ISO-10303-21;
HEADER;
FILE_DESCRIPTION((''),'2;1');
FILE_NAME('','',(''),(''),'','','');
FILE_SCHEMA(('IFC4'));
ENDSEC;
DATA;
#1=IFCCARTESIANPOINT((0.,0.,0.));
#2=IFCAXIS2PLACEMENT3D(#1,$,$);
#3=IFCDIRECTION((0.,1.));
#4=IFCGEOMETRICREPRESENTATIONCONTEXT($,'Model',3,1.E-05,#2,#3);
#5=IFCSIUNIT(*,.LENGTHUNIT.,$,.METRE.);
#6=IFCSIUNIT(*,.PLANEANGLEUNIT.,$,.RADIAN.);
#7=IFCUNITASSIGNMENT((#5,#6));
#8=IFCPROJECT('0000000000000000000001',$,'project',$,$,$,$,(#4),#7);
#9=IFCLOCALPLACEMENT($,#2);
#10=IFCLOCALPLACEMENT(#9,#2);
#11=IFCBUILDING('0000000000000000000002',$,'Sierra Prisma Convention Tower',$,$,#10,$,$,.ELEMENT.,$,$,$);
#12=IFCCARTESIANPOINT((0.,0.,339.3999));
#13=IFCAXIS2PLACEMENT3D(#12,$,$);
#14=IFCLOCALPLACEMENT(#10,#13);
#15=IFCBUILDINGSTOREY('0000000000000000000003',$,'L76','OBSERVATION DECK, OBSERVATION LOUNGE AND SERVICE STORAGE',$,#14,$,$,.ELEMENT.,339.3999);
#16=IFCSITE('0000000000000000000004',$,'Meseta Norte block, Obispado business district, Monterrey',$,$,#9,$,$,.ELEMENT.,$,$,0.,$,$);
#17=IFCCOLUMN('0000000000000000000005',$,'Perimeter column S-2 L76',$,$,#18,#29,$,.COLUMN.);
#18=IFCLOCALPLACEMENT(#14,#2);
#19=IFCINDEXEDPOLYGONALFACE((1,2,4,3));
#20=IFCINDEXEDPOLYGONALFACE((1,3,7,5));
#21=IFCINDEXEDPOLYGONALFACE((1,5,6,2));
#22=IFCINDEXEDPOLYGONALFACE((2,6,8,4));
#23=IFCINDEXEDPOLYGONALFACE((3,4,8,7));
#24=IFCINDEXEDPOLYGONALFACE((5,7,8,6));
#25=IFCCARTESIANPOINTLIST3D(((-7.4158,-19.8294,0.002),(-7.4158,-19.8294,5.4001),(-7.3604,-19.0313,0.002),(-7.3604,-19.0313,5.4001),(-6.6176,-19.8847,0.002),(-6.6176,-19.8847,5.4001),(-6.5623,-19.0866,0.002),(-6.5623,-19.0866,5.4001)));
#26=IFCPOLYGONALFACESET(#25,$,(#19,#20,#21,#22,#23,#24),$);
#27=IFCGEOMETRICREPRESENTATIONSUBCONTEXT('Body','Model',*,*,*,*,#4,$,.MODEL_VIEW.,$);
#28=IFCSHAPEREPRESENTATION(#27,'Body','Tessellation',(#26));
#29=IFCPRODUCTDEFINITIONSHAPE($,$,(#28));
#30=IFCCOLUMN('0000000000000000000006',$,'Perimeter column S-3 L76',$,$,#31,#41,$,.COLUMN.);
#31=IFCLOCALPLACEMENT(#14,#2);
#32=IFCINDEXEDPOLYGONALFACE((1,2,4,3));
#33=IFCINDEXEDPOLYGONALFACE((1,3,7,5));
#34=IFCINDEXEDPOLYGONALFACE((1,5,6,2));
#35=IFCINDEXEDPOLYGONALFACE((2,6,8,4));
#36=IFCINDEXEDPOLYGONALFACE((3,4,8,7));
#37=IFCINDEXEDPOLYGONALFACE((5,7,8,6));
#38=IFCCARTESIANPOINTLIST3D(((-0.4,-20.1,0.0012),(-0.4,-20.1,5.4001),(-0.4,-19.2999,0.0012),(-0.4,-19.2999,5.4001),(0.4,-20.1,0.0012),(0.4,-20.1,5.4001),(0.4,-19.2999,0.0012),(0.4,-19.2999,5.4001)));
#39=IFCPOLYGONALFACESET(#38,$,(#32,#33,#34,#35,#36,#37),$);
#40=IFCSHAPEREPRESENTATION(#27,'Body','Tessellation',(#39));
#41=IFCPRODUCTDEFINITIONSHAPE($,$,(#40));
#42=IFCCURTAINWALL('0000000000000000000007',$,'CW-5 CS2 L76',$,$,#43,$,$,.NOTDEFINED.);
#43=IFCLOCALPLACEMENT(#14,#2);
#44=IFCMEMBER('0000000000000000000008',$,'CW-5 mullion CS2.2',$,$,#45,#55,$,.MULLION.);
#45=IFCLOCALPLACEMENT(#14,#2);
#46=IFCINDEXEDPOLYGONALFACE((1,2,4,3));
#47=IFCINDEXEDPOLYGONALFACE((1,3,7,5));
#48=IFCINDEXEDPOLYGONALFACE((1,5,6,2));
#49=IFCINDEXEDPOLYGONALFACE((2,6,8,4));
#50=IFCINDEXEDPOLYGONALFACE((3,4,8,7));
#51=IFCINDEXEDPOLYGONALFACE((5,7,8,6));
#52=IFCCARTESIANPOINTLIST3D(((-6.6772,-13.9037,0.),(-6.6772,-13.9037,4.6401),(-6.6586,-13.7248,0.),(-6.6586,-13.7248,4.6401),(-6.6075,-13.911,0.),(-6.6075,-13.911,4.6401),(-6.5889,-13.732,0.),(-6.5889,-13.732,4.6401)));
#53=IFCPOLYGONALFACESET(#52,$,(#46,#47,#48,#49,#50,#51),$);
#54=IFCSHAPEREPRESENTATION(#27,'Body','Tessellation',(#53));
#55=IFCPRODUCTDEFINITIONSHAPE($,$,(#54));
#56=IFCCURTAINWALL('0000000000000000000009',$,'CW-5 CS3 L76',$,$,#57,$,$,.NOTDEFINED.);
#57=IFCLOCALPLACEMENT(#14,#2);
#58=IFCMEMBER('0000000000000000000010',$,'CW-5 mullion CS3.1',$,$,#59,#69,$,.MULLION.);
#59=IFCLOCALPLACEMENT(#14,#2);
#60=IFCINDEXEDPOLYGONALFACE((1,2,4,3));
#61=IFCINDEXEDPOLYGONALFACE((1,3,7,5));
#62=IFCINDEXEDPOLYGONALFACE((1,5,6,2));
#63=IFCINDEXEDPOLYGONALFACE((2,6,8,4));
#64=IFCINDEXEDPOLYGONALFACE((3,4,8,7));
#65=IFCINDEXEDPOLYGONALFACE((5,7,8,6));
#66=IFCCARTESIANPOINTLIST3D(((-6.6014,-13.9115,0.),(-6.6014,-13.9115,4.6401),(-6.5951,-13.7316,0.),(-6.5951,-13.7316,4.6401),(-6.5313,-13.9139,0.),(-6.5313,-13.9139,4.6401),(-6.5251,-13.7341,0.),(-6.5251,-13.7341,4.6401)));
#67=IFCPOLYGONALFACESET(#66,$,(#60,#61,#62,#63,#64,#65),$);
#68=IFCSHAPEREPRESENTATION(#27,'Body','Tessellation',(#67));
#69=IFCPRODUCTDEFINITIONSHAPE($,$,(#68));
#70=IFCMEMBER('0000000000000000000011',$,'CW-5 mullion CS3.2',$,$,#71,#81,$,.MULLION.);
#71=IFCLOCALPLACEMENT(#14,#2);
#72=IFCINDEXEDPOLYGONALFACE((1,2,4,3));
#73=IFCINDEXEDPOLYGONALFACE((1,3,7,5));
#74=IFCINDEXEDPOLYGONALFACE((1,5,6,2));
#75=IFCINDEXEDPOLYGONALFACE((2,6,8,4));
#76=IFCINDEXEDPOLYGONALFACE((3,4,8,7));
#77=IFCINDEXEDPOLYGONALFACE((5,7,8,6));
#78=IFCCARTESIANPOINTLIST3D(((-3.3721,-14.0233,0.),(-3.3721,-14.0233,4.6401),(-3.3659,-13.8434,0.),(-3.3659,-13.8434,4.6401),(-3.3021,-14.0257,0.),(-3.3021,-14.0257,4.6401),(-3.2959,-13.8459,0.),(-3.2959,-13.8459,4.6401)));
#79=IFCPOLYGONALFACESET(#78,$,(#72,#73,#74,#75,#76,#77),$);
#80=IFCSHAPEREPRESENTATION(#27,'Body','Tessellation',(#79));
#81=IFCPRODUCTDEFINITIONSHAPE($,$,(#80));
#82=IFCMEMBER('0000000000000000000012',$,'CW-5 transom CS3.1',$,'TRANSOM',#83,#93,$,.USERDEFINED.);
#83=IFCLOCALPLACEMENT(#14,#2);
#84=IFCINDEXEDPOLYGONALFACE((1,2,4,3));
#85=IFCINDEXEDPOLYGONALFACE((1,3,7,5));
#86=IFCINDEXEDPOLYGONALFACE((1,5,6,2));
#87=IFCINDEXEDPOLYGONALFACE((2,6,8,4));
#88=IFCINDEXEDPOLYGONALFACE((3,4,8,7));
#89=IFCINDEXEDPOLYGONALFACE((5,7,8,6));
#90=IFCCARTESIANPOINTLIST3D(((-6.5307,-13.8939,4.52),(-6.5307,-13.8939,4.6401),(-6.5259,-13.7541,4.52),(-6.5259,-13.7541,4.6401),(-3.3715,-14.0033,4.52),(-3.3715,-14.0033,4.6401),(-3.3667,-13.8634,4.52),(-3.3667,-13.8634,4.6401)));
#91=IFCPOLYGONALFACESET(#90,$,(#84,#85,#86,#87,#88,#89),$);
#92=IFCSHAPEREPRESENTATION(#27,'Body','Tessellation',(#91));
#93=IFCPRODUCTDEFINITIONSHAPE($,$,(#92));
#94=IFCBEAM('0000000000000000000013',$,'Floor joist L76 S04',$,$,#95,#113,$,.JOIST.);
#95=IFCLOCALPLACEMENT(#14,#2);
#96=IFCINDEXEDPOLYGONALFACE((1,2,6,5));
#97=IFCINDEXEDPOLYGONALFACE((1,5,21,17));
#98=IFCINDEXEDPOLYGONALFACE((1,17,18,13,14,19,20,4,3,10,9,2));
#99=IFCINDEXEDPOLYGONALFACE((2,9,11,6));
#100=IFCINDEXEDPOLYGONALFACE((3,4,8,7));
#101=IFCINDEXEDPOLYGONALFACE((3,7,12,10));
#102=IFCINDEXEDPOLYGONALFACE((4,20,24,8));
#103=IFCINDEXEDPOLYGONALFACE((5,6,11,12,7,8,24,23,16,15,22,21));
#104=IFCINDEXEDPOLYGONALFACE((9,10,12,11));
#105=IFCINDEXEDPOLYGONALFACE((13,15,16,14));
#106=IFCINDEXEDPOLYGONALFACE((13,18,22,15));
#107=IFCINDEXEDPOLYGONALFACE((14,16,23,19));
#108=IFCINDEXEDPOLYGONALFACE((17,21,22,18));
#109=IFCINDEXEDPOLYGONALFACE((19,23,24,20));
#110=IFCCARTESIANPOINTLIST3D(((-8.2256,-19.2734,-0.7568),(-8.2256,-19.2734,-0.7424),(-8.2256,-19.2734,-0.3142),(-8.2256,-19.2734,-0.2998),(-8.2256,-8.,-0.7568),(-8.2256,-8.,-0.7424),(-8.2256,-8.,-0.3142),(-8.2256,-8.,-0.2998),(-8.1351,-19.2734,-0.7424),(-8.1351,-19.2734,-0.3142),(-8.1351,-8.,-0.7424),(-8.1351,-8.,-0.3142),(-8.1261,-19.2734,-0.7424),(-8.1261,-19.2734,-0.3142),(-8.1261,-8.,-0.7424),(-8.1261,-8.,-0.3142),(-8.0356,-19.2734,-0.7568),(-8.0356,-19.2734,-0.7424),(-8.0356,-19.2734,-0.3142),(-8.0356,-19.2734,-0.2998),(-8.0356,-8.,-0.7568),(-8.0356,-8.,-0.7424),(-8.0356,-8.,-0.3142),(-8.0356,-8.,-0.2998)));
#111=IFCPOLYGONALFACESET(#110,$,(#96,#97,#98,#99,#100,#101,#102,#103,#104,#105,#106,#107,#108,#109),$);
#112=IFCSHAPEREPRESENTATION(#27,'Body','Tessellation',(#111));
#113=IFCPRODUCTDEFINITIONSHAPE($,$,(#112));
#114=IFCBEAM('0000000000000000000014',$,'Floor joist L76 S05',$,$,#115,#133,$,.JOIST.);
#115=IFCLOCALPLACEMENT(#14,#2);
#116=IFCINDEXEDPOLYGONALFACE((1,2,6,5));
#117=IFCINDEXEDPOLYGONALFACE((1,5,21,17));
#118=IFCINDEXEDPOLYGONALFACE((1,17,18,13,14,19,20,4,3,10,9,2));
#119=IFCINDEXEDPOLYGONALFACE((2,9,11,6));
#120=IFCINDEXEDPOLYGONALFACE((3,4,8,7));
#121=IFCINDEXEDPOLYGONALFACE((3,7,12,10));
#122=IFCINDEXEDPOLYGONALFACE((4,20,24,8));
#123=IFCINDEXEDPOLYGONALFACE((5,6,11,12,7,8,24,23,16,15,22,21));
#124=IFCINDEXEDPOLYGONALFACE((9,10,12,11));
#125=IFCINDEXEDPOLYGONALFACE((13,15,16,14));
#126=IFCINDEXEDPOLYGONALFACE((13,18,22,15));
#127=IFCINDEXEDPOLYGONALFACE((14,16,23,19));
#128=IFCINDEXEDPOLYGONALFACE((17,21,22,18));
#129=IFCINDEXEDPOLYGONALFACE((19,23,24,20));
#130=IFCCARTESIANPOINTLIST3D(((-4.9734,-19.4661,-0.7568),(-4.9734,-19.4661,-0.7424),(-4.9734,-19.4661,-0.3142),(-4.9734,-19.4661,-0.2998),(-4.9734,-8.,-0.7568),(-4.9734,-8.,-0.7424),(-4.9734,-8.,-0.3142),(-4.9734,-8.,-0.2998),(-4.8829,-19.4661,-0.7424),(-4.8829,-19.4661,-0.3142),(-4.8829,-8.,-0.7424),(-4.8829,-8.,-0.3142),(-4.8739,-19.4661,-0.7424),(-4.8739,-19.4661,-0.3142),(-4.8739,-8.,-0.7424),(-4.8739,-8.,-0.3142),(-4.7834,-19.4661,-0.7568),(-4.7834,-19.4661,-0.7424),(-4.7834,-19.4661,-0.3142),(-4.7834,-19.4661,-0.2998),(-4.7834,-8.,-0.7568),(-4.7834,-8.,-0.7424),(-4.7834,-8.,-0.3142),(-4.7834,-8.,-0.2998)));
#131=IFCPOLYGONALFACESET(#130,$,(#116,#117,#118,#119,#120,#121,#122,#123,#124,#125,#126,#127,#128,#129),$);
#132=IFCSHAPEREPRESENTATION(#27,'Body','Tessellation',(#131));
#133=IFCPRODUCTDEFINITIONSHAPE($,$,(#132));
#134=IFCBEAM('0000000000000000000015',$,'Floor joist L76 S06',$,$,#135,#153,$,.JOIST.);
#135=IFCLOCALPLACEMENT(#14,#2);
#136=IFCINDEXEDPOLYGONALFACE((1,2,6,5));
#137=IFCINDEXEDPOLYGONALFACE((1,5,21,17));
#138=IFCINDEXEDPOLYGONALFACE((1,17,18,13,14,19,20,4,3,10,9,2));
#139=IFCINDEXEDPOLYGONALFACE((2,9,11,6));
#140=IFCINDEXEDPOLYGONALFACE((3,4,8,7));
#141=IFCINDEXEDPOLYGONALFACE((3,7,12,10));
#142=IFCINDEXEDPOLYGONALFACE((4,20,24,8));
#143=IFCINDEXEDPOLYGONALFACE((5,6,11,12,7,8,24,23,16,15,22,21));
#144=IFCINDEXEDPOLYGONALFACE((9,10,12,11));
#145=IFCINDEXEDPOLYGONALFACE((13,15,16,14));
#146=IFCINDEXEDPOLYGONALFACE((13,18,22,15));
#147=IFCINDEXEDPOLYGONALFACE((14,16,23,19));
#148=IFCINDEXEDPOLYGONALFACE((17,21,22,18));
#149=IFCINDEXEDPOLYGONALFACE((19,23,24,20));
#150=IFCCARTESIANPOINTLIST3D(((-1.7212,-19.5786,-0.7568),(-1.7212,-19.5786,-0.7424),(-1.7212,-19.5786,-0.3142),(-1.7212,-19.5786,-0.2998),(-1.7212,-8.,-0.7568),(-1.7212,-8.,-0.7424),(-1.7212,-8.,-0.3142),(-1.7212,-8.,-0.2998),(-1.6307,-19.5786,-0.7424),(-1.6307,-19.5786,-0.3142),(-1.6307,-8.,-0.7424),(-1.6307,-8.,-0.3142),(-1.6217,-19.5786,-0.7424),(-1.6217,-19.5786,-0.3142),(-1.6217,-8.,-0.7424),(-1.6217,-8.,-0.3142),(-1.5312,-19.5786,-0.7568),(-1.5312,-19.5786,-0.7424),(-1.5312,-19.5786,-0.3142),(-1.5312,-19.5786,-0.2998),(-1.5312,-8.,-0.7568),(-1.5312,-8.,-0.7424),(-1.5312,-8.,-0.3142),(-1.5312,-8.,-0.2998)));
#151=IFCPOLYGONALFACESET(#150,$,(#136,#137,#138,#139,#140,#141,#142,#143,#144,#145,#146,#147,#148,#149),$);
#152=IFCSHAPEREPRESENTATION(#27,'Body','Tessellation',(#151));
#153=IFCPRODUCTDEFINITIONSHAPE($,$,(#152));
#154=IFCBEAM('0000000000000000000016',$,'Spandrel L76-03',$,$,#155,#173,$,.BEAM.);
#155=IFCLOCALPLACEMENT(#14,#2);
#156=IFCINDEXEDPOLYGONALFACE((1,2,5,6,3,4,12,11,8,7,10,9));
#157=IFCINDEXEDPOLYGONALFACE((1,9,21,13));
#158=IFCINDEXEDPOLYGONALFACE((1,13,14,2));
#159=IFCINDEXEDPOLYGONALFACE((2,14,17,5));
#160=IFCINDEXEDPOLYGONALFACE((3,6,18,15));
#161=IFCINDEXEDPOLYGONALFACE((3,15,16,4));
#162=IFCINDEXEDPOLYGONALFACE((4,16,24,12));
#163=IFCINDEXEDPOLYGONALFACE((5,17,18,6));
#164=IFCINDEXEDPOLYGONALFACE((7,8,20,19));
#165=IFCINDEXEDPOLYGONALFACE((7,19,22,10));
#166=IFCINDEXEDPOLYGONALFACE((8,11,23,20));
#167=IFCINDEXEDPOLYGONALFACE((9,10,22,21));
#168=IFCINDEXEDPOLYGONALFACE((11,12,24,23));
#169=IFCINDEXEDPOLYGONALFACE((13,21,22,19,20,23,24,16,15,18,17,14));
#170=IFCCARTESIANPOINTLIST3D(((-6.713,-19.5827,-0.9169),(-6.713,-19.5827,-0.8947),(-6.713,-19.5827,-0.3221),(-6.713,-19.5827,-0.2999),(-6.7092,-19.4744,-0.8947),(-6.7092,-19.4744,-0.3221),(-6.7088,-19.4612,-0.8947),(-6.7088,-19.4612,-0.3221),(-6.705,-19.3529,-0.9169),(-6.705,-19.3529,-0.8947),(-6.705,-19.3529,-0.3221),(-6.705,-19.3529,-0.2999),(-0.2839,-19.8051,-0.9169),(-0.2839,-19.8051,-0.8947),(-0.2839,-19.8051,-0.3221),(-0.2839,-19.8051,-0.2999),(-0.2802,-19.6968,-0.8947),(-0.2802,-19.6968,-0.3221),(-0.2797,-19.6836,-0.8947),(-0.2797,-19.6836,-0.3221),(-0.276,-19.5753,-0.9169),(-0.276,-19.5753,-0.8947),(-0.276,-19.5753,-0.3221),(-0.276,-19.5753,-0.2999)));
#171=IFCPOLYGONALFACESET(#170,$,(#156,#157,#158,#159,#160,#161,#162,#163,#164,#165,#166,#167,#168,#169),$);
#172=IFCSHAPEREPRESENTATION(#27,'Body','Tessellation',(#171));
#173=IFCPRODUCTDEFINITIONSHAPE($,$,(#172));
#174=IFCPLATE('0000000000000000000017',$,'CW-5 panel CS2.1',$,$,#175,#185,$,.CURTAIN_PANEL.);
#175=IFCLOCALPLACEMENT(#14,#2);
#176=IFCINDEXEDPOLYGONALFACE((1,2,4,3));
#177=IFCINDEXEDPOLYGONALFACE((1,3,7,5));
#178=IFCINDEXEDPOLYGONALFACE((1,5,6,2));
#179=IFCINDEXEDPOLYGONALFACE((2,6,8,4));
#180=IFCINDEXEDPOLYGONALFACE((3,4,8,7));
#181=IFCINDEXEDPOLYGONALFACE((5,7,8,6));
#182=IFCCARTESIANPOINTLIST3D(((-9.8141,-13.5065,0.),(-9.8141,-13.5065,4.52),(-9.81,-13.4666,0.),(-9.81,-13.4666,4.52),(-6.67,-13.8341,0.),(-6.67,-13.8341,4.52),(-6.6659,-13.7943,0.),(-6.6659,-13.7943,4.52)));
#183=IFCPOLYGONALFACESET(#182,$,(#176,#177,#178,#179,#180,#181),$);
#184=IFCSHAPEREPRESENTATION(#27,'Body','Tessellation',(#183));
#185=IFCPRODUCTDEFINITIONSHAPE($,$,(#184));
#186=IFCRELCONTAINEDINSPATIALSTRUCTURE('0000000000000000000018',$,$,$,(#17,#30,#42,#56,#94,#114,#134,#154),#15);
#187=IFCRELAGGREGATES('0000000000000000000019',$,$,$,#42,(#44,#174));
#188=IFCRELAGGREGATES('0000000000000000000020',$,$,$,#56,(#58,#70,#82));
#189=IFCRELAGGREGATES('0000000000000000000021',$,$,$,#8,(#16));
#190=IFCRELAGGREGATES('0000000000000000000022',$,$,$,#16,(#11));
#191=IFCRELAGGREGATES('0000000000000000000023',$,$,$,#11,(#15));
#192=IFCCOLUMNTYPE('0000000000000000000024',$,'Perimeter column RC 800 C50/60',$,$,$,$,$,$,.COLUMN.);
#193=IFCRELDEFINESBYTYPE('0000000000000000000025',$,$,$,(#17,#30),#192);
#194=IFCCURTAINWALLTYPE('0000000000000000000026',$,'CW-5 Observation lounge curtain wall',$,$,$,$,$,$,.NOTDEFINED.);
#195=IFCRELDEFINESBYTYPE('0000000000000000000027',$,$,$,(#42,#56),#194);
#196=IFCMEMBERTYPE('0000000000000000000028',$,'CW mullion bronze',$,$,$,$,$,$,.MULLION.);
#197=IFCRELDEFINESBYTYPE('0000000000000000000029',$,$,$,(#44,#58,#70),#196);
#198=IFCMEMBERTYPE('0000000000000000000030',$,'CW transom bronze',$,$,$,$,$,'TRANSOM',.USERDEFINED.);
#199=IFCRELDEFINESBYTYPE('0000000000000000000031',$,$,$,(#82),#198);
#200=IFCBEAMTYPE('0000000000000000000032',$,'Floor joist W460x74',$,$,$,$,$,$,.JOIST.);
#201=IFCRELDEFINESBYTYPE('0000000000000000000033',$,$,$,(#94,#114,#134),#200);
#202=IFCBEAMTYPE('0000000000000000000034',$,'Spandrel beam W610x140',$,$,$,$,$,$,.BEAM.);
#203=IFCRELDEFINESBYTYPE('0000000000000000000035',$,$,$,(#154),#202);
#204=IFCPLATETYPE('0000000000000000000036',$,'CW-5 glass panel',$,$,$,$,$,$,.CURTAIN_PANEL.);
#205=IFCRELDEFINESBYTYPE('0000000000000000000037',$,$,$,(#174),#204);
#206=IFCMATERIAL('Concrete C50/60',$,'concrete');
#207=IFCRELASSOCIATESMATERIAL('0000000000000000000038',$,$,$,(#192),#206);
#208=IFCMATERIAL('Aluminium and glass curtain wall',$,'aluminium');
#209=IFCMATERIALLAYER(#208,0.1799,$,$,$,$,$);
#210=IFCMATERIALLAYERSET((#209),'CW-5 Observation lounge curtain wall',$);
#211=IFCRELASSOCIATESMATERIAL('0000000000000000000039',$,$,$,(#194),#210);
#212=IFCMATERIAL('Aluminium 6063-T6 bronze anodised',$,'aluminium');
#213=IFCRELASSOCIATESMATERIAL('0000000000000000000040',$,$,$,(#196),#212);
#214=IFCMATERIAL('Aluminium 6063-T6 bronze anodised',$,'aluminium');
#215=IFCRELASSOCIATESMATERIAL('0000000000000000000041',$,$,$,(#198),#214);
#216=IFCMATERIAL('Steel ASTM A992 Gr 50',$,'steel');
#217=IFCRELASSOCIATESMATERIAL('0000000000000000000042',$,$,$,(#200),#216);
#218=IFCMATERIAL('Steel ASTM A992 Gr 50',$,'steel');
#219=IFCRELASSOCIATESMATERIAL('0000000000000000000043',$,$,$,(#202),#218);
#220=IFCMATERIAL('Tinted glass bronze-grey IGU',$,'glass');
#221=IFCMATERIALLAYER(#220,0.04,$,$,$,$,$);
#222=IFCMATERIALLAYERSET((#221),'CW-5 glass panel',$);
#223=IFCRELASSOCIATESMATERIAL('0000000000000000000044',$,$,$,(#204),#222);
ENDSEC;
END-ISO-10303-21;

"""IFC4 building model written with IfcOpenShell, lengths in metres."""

from ifc_helpers import new_model, si_unit, direction, frame, origin, origin_2d, place, context, subcontext, project, spatial, rectangle, i_section, extrude, clip, halfspace, material, layer, layer_set, material_profile, profile_set, type_object, element, aggregate, save


model = new_model("IFC4")

# Units and contexts
model_context = context("Model", 3, precision=1e-05, world=origin(), true_north=direction((0.0, 1.0)))
body_context = subcontext(model_context, "Body", "Model", "MODEL_VIEW")
ifc_project = project(units=[si_unit("LENGTHUNIT", "METRE"), si_unit("PLANEANGLEUNIT", "RADIAN")], contexts=[model_context])

# Site, building, storey
site_placement = place(None, origin())
site = spatial("IfcSite", under=ifc_project, at=site_placement, Name="Meseta Norte block, Obispado business district, Monterrey", CompositionType="ELEMENT", RefElevation=0.0)
building_placement = place(site_placement, origin())
building = spatial("IfcBuilding", under=site, at=building_placement, Name="Sierra Prisma Convention Tower", CompositionType="ELEMENT")
storey_placement = place(building_placement, frame((0.0, 0.0, 339.3999)))
storey = spatial("IfcBuildingStorey", under=building, at=storey_placement, Name="L76", Description="OBSERVATION DECK, OBSERVATION LOUNGE AND SERVICE STORAGE", CompositionType="ELEMENT", Elevation=339.3999)

# Columns
ifc_material_1 = material(Name="Concrete C50/60", Category="concrete")
ifc_material_profile_1 = material_profile(ifc_material_1, rectangle(XDim=0.8, YDim=0.8, at=origin_2d()), Name="Perimeter column RC 800 C50/60")
ifc_profile_set_1 = profile_set([ifc_material_profile_1], Name="Concrete C50/60")
column_type = type_object("IfcColumnType", Name="Perimeter column RC 800 C50/60", PredefinedType="COLUMN", material=ifc_profile_set_1)
column_1_placement = place(storey_placement, frame((-6.989, -19.458, 0.0), z_axis=(0.0, 0.0, 1.0), x_axis=(-0.997605, 0.069175, 0.0)))
element("IfcColumn", 1, at=column_1_placement, inside=storey, type_object=column_type, Name="Perimeter column S-2 L76", PredefinedType="COLUMN", context=body_context, shape_type="SweptSolid", body=[
    clip(extrude(rectangle(XDim=0.8, YDim=0.8, at=origin_2d()), origin(), (0.0, 0.0, 1.0), 5.4001), halfspace(frame((0.0, 0.0, 0.002)), True)),
])
column_2_placement = place(storey_placement, frame((0.0, -19.7, 0.0), z_axis=(0.0, 0.0, 1.0), x_axis=(1.0, 0.0, 0.0)))
element("IfcColumn", 2, at=column_2_placement, inside=storey, type_object=column_type, Name="Perimeter column S-3 L76", PredefinedType="COLUMN", context=body_context, shape_type="SweptSolid", body=[
    clip(extrude(rectangle(XDim=0.8, YDim=0.8, at=origin_2d()), origin(), (0.0, 0.0, 1.0), 5.4001), halfspace(frame((0.0, 0.0, 0.0012)), True)),
])

# Curtain wall, member
ifc_material_2 = material(Name="Aluminium and glass curtain wall", Category="aluminium")
ifc_layer_1 = layer(ifc_material_2, 0.1799)
ifc_layer_set_1 = layer_set([ifc_layer_1], Name="CW-5 Observation lounge curtain wall")
curtain_wall_type = type_object("IfcCurtainWallType", Name="CW-5 Observation lounge curtain wall", PredefinedType="NOTDEFINED", material=ifc_layer_set_1)
curtain_wall_1_placement = place(storey_placement, origin())
curtain_wall_1 = element("IfcCurtainWall", 3, at=curtain_wall_1_placement, inside=storey, type_object=curtain_wall_type, Name="CW-5 CS2 L76", PredefinedType="NOTDEFINED")
ifc_material_3 = material(Name="Aluminium 6063-T6 bronze anodised", Category="aluminium")
ifc_material_profile_2 = material_profile(ifc_material_3, rectangle(XDim=0.1799, YDim=0.0701, at=origin_2d()), Name="ALU MULLION 70x180")
ifc_profile_set_2 = profile_set([ifc_material_profile_2], Name="Aluminium 6063-T6 bronze anodised")
member_type_1 = type_object("IfcMemberType", Name="CW mullion bronze", PredefinedType="MULLION", material=ifc_profile_set_2)
member_1_placement = place(storey_placement, frame((-6.6331, -13.8179, 0.0), z_axis=(0.0, 0.0, 1.0), x_axis=(0.10366, 0.994613, 0.0)))
member_1 = element("IfcMember", 4, at=member_1_placement, type_object=member_type_1, Name="CW-5 mullion CS2.2", PredefinedType="MULLION", context=body_context, shape_type="SweptSolid", body=[
    extrude(rectangle(XDim=0.1799, YDim=0.0701, at=origin_2d()), origin(), (0.0, 0.0, 1.0), 4.6401),
])

# Curtain wall, members
curtain_wall_2_placement = place(storey_placement, origin())
curtain_wall_2 = element("IfcCurtainWall", 5, at=curtain_wall_2_placement, inside=storey, type_object=curtain_wall_type, Name="CW-5 CS3 L76", PredefinedType="NOTDEFINED")
member_2_placement = place(storey_placement, frame((-6.5632, -13.8228, 0.0), z_axis=(0.0, 0.0, 1.0), x_axis=(0.034609, 0.999401, 0.0)))
member_2 = element("IfcMember", 6, at=member_2_placement, type_object=member_type_1, Name="CW-5 mullion CS3.1", PredefinedType="MULLION", context=body_context, shape_type="SweptSolid", body=[
    extrude(rectangle(XDim=0.1799, YDim=0.0701, at=origin_2d()), origin(), (0.0, 0.0, 1.0), 4.6401),
])
member_3_placement = place(storey_placement, frame((-3.334, -13.9346, 0.0), z_axis=(0.0, 0.0, 1.0), x_axis=(0.034609, 0.999401, 0.0)))
member_3 = element("IfcMember", 7, at=member_3_placement, type_object=member_type_1, Name="CW-5 mullion CS3.2", PredefinedType="MULLION", context=body_context, shape_type="SweptSolid", body=[
    extrude(rectangle(XDim=0.1799, YDim=0.0701, at=origin_2d()), origin(), (0.0, 0.0, 1.0), 4.6401),
])
ifc_material_4 = material(Name="Aluminium 6063-T6 bronze anodised", Category="aluminium")
ifc_material_profile_3 = material_profile(ifc_material_4, rectangle(XDim=0.1399, YDim=0.1201, at=origin_2d()), Name="ALU TRANSOM 120x140")
ifc_profile_set_3 = profile_set([ifc_material_profile_3], Name="Aluminium 6063-T6 bronze anodised")
member_type_2 = type_object("IfcMemberType", Name="CW transom bronze", ElementType="TRANSOM", PredefinedType="USERDEFINED", material=ifc_profile_set_3)
member_4_placement = place(storey_placement, frame((-6.5283, -13.824, 4.5801), z_axis=(0.999401, -0.034601, 0.0), x_axis=(0.034601, 0.999401, 0.0)))
member_4 = element("IfcMember", 8, at=member_4_placement, type_object=member_type_2, Name="CW-5 transom CS3.1", ObjectType="TRANSOM", PredefinedType="USERDEFINED", context=body_context, shape_type="SweptSolid", body=[
    extrude(rectangle(XDim=0.1399, YDim=0.1201, at=origin_2d()), origin(), (0.0, 0.0, 1.0), 3.1611),
])

# Beams
ifc_material_5 = material(Name="Steel ASTM A992 Gr 50", Category="steel")
ifc_material_profile_4 = material_profile(ifc_material_5, i_section(OverallWidth=0.1899, OverallDepth=0.457, WebThickness=0.009, FlangeThickness=0.0144, at=origin_2d()), Name="W460x74")
ifc_profile_set_4 = profile_set([ifc_material_profile_4], Name="Steel ASTM A992 Gr 50")
beam_type_1 = type_object("IfcBeamType", Name="Floor joist W460x74", PredefinedType="JOIST", material=ifc_profile_set_4)
beam_1_placement = place(storey_placement, frame((-8.1306, -19.2734, -0.5283), z_axis=(0.0, 1.0, 0.0), x_axis=(-1.0, 0.0, 0.0)))
element("IfcBeam", 9, at=beam_1_placement, inside=storey, type_object=beam_type_1, Name="Floor joist L76 S04", PredefinedType="JOIST", context=body_context, shape_type="SweptSolid", body=[
    extrude(i_section(OverallWidth=0.1899, OverallDepth=0.457, WebThickness=0.009, FlangeThickness=0.0144, at=origin_2d()), origin(), (0.0, 0.0, 1.0), 11.2734),
])
beam_2_placement = place(storey_placement, frame((-4.8784, -19.4661, -0.5283), z_axis=(0.0, 1.0, 0.0), x_axis=(-1.0, 0.0, 0.0)))
element("IfcBeam", 10, at=beam_2_placement, inside=storey, type_object=beam_type_1, Name="Floor joist L76 S05", PredefinedType="JOIST", context=body_context, shape_type="SweptSolid", body=[
    extrude(i_section(OverallWidth=0.1899, OverallDepth=0.457, WebThickness=0.009, FlangeThickness=0.0144, at=origin_2d()), origin(), (0.0, 0.0, 1.0), 11.4661),
])
beam_3_placement = place(storey_placement, frame((-1.6262, -19.5786, -0.5283), z_axis=(0.0, 1.0, 0.0), x_axis=(-1.0, 0.0, 0.0)))
element("IfcBeam", 11, at=beam_3_placement, inside=storey, type_object=beam_type_1, Name="Floor joist L76 S06", PredefinedType="JOIST", context=body_context, shape_type="SweptSolid", body=[
    extrude(i_section(OverallWidth=0.1899, OverallDepth=0.457, WebThickness=0.009, FlangeThickness=0.0144, at=origin_2d()), origin(), (0.0, 0.0, 1.0), 11.5786),
])
ifc_material_6 = material(Name="Steel ASTM A992 Gr 50", Category="steel")
ifc_material_profile_5 = material_profile(ifc_material_6, i_section(OverallWidth=0.23, OverallDepth=0.6169, WebThickness=0.0132, FlangeThickness=0.0222, at=origin_2d()), Name="W610x140")
ifc_profile_set_5 = profile_set([ifc_material_profile_5], Name="Steel ASTM A992 Gr 50")
beam_type_2 = type_object("IfcBeamType", Name="Spandrel beam W610x140", PredefinedType="BEAM", material=ifc_profile_set_5)
beam_4_placement = place(storey_placement, frame((-6.709, -19.4678, -0.6084), z_axis=(0.999402, -0.034575, 0.0), x_axis=(0.034575, 0.999402, 0.0)))
element("IfcBeam", 12, at=beam_4_placement, inside=storey, type_object=beam_type_2, Name="Spandrel L76-03", PredefinedType="BEAM", context=body_context, shape_type="SweptSolid", body=[
    extrude(i_section(OverallWidth=0.23, OverallDepth=0.6169, WebThickness=0.0132, FlangeThickness=0.0222, at=origin_2d()), origin(), (0.0, 0.0, 1.0), 6.4329),
])

# Plate
ifc_material_7 = material(Name="Tinted glass bronze-grey IGU", Category="glass")
ifc_layer_2 = layer(ifc_material_7, 0.04)
ifc_layer_set_2 = layer_set([ifc_layer_2], Name="CW-5 glass panel")
plate_type = type_object("IfcPlateType", Name="CW-5 glass panel", PredefinedType="CURTAIN_PANEL", material=ifc_layer_set_2)
plate_1_placement = place(storey_placement, frame((-8.24, -13.6504, 0.0), z_axis=(0.0, 0.0, 1.0), x_axis=(0.994613, -0.10366, 0.0)))
plate_1 = element("IfcPlate", 13, at=plate_1_placement, type_object=plate_type, Name="CW-5 panel CS2.1", PredefinedType="CURTAIN_PANEL", context=body_context, shape_type="SweptSolid", body=[
    extrude(rectangle(XDim=3.1611, YDim=0.04, at=origin_2d()), origin(), (0.0, 0.0, 1.0), 4.52),
])
aggregate(curtain_wall_1, [member_1, plate_1])
aggregate(curtain_wall_2, [member_2, member_3, member_4])

save(model, "model.ifc")
